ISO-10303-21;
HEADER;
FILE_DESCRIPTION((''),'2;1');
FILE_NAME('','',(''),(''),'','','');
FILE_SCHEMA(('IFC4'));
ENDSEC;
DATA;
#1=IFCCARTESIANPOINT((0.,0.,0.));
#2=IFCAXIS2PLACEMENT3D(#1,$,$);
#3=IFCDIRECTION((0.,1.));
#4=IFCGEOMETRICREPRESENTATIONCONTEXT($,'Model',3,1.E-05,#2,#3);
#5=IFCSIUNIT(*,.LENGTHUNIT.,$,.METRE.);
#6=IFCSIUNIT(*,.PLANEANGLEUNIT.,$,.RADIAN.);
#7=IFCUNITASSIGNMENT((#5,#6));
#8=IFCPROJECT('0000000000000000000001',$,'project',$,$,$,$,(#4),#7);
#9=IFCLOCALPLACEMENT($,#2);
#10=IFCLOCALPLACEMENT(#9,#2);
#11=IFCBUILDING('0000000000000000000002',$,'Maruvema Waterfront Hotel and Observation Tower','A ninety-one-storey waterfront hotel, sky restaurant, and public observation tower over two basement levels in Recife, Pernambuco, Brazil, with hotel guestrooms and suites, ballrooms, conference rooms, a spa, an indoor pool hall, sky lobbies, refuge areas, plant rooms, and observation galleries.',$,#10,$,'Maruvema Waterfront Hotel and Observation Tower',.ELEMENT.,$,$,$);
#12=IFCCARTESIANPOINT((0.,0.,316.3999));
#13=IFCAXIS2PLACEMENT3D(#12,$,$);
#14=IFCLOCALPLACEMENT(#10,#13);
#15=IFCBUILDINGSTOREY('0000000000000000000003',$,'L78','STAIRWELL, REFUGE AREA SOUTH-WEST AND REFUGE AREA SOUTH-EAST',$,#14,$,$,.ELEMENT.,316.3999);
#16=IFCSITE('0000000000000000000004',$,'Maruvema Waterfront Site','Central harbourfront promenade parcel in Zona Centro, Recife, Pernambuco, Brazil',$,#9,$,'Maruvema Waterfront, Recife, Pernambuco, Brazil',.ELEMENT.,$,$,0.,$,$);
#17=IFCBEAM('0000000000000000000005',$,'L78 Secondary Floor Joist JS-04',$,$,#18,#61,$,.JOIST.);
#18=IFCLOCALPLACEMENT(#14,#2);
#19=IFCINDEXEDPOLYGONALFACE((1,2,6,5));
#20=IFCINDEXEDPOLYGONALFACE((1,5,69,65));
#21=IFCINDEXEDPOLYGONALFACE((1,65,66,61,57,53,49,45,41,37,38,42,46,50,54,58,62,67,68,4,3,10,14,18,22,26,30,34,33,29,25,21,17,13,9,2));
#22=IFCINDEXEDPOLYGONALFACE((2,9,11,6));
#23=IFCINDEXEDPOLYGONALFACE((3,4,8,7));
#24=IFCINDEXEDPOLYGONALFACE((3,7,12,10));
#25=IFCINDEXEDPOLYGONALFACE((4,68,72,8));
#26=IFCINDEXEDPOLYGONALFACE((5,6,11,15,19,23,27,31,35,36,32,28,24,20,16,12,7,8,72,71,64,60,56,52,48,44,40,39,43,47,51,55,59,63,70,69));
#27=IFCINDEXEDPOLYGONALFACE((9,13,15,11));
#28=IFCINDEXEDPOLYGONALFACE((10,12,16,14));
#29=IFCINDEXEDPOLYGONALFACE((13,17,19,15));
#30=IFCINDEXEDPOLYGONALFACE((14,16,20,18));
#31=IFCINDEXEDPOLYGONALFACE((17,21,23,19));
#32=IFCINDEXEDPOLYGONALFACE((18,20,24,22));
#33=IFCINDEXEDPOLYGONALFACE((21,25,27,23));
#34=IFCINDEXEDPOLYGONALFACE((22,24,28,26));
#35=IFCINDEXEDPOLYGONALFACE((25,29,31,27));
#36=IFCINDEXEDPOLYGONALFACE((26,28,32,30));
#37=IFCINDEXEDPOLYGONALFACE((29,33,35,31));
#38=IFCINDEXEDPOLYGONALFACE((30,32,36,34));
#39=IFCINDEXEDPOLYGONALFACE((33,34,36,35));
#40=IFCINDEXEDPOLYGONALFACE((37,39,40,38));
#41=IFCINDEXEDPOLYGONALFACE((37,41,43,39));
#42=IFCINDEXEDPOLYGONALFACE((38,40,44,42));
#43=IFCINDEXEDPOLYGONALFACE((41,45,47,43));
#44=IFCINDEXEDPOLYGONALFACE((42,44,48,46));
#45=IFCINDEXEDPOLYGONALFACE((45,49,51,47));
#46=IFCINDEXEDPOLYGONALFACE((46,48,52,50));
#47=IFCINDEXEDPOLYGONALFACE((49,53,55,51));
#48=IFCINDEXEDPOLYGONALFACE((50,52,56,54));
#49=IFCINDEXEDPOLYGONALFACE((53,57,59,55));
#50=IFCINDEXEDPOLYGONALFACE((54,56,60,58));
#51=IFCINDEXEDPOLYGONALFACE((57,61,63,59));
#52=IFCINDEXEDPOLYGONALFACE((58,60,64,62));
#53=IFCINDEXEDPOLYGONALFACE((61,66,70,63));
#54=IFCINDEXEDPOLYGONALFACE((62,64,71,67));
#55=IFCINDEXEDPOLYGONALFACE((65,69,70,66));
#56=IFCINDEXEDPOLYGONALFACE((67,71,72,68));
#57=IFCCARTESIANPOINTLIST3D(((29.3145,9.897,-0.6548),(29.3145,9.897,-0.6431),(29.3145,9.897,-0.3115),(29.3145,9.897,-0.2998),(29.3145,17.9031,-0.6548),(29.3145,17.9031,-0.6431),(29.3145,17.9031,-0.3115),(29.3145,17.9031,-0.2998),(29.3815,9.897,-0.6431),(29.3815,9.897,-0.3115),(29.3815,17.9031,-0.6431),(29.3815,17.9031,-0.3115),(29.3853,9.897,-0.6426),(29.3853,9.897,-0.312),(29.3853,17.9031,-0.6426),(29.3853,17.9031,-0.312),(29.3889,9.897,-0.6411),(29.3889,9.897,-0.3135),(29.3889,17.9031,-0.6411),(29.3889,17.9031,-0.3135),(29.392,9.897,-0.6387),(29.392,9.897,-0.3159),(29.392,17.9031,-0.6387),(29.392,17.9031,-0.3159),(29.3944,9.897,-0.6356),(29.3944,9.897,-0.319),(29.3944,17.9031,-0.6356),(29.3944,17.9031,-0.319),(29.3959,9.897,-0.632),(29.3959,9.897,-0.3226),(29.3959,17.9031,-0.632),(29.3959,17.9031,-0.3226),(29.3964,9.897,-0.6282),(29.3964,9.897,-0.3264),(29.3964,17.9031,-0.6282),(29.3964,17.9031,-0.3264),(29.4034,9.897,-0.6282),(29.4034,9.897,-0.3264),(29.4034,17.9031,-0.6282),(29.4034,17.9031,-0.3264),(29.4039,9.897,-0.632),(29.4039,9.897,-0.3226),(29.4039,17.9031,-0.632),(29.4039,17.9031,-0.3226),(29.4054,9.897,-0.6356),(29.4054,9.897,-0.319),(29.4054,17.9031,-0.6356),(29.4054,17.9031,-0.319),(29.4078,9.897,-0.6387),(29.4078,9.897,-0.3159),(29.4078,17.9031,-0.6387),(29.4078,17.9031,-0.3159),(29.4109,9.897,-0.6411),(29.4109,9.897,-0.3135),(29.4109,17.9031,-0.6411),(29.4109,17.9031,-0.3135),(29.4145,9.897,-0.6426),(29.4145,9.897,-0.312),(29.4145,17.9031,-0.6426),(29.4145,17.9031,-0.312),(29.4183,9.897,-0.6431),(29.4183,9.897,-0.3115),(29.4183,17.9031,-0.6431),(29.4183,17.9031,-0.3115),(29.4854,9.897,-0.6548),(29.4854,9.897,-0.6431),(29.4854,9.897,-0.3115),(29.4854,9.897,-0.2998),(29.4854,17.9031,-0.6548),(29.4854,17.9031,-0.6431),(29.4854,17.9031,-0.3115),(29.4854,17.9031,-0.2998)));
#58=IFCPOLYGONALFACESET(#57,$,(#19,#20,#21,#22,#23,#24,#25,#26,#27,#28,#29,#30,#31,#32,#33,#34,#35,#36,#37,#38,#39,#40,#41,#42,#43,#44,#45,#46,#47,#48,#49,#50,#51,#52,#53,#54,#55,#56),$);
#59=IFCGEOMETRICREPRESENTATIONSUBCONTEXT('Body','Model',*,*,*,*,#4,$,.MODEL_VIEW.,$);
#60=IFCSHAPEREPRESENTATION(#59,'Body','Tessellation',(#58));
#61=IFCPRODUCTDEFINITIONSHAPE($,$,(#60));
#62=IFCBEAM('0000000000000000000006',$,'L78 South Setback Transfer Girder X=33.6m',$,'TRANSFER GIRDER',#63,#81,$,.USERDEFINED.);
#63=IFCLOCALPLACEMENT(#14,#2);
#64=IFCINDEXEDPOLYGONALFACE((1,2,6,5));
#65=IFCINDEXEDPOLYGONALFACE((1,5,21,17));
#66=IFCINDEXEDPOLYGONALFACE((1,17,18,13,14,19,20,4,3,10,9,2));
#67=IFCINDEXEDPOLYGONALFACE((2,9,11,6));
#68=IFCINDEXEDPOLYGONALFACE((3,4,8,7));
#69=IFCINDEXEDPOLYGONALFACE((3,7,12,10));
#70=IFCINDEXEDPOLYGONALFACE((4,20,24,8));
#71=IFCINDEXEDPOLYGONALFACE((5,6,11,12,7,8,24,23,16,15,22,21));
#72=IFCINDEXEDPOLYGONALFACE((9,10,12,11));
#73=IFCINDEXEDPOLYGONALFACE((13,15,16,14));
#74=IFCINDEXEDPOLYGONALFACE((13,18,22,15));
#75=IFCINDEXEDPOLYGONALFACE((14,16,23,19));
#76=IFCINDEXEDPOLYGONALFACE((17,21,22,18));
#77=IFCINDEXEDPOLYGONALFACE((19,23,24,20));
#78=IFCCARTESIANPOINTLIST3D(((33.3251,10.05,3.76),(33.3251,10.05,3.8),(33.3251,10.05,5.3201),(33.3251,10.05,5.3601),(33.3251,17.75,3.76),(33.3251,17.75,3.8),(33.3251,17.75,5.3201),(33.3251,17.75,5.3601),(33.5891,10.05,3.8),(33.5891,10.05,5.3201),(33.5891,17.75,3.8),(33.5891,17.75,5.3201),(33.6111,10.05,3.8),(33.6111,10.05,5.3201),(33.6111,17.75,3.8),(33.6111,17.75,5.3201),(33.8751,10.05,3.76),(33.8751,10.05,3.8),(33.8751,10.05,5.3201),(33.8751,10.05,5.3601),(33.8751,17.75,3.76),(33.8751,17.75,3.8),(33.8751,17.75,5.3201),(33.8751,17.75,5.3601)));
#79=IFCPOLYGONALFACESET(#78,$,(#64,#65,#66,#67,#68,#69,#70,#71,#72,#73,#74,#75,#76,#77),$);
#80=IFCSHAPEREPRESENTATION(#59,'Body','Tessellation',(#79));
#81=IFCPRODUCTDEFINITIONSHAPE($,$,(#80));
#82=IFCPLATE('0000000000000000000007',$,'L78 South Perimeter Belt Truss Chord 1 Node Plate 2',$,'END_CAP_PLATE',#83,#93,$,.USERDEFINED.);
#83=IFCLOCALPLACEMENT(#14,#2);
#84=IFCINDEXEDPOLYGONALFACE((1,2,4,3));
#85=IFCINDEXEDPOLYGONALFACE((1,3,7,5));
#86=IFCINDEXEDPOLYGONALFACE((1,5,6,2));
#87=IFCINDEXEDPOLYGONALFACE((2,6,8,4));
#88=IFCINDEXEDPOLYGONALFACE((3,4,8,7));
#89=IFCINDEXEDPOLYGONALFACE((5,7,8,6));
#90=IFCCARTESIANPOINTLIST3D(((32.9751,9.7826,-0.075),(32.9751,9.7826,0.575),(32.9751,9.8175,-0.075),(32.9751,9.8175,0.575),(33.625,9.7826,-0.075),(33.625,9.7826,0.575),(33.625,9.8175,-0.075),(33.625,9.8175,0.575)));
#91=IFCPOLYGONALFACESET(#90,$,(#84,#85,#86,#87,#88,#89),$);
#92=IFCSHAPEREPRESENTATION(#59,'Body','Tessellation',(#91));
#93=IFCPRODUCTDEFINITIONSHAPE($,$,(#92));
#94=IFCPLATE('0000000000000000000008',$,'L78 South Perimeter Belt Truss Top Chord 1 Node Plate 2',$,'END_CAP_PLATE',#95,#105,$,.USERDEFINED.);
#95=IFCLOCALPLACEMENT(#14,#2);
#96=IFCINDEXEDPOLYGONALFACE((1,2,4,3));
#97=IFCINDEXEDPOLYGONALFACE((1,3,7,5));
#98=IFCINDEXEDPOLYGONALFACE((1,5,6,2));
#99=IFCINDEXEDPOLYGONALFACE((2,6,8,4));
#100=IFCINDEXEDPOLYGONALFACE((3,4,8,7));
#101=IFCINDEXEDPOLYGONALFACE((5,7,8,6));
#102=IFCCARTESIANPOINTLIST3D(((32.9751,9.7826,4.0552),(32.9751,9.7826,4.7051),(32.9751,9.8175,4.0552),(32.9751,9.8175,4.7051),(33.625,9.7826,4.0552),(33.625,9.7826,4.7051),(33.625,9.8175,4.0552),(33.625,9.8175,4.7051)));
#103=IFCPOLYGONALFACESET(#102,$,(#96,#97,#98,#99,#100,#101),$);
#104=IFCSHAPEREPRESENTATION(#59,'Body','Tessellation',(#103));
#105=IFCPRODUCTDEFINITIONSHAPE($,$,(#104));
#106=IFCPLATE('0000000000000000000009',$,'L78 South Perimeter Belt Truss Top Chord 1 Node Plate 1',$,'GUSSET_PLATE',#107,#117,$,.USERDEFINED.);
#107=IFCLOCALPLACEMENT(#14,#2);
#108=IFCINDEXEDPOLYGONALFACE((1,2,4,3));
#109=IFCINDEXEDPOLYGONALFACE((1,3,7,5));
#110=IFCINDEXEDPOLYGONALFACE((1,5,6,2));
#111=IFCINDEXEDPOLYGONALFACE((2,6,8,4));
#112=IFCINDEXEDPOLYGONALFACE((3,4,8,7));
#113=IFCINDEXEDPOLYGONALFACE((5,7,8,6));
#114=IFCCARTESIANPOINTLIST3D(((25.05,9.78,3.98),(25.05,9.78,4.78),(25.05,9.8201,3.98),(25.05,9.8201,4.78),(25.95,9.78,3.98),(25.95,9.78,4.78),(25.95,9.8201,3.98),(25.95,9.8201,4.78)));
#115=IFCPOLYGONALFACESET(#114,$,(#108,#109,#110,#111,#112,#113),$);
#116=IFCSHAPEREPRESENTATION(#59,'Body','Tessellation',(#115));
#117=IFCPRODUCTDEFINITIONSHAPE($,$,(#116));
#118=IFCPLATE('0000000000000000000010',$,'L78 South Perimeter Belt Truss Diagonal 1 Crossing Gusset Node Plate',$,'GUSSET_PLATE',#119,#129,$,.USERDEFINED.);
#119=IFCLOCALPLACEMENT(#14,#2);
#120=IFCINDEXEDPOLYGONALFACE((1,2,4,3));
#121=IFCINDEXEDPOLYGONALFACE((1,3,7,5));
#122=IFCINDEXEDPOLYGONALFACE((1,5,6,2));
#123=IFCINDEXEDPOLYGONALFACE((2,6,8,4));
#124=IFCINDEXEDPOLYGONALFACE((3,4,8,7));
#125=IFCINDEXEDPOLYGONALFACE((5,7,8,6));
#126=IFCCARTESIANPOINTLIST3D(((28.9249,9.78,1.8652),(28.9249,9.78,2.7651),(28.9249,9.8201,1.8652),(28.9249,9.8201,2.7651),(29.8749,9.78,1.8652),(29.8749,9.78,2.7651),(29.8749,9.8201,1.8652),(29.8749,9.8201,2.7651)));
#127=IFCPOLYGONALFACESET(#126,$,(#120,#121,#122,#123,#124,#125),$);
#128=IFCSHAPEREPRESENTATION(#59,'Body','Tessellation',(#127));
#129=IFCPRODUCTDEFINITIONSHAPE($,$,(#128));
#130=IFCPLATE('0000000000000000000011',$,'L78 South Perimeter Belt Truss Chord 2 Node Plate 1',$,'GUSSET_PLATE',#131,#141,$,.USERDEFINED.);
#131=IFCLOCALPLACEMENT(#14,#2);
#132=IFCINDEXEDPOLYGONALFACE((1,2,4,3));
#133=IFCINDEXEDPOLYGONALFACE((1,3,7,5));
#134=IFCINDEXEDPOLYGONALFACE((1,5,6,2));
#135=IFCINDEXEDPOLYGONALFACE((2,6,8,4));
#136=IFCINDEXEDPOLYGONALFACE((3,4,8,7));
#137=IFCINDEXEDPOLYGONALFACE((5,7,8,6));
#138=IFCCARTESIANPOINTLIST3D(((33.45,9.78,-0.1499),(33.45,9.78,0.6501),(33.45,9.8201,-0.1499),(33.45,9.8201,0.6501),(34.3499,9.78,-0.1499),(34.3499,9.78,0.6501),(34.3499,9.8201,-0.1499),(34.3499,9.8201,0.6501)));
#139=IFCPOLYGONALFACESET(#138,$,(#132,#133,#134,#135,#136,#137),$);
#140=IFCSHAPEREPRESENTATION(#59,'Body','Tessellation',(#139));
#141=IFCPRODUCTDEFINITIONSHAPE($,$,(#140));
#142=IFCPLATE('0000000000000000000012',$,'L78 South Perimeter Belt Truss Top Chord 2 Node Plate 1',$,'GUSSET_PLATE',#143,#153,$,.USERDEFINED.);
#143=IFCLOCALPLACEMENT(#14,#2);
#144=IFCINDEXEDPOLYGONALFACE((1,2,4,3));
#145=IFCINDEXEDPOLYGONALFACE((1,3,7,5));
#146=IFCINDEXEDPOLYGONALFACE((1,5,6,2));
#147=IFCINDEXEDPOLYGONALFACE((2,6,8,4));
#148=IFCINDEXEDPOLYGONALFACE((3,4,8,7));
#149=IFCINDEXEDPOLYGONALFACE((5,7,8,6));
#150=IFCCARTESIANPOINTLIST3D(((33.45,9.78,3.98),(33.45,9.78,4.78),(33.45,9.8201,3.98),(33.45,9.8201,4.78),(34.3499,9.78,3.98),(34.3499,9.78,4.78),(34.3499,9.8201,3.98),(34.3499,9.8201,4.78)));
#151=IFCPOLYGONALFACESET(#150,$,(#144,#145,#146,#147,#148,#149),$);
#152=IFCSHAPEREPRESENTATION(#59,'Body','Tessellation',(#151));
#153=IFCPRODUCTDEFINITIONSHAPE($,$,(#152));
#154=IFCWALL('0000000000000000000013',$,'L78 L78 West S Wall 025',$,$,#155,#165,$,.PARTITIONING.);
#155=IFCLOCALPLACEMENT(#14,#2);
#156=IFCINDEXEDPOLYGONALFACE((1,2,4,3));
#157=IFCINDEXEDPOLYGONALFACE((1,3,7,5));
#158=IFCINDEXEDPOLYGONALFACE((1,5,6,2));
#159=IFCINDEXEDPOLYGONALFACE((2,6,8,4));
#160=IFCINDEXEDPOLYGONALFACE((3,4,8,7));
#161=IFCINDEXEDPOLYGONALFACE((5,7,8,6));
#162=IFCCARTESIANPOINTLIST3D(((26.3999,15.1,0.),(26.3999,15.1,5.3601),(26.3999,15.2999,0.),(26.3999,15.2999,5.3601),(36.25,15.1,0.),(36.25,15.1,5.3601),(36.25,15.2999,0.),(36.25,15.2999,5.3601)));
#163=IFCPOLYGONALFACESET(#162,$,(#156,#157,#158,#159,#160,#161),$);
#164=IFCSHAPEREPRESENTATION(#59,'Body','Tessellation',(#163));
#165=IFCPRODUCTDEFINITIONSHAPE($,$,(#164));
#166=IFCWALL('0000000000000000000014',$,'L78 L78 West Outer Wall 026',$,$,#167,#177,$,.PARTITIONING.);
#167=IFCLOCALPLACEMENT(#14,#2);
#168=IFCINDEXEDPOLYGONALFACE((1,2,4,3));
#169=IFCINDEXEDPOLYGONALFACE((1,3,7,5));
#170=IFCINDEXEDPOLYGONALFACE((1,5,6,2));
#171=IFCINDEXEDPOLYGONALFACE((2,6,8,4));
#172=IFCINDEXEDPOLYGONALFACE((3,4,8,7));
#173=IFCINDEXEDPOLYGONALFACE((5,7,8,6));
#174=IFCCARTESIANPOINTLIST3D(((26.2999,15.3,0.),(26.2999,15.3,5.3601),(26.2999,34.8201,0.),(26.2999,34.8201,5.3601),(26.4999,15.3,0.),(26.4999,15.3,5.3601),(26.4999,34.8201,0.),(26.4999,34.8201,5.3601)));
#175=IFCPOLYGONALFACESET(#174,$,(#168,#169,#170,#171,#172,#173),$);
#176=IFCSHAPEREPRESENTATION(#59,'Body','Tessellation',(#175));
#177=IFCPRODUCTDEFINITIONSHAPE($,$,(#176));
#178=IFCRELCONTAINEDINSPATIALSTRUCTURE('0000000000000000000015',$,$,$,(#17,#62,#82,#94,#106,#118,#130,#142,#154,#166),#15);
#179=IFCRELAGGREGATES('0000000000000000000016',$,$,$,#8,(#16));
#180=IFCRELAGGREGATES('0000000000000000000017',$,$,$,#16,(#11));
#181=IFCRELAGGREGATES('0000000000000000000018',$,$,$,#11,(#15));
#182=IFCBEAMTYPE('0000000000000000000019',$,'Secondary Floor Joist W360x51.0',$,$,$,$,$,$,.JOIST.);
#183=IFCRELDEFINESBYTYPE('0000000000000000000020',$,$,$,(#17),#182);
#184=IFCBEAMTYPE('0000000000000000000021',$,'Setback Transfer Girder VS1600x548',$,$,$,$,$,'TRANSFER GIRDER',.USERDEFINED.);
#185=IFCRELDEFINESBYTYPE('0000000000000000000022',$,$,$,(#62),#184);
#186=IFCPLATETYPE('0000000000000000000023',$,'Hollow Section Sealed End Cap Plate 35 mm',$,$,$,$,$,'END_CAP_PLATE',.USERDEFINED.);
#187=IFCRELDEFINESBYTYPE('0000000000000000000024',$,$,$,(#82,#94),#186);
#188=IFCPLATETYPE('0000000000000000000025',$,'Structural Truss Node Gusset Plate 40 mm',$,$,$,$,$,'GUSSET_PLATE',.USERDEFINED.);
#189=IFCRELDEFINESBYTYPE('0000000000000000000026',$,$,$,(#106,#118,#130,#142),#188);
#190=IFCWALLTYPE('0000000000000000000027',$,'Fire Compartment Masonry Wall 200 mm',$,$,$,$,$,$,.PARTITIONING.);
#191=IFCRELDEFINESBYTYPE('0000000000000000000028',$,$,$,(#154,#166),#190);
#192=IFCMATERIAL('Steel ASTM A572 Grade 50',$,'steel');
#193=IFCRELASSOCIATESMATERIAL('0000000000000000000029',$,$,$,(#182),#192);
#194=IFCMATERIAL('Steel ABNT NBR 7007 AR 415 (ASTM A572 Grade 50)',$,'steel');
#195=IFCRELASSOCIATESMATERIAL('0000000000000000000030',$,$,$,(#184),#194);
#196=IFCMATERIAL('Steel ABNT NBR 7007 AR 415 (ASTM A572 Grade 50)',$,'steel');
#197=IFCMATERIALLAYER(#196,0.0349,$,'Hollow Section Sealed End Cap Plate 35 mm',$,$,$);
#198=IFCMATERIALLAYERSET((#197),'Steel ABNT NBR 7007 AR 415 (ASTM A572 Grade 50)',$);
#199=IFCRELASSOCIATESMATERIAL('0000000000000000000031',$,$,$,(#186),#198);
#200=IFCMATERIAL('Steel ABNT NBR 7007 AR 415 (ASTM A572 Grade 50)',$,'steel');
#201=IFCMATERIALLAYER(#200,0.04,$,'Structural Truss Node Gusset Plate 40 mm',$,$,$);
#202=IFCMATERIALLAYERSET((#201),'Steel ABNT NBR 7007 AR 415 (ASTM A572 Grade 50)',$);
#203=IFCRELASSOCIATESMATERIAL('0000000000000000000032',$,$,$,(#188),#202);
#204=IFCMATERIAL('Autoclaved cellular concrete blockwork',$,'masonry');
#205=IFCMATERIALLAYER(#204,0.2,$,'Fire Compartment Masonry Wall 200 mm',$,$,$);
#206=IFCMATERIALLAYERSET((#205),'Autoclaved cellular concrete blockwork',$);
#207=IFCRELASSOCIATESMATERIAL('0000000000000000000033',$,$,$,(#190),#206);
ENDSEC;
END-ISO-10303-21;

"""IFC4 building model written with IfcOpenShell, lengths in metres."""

from ifc_helpers import new_model, si_unit, direction, frame, frame_2d, origin, origin_2d, place, context, subcontext, project, spatial, rectangle, i_section, extrude, material, layer, layer_set, material_profile, profile_set, type_object, element, save


model = new_model("IFC4")

# Units and contexts
model_context = context("Model", 3, precision=1e-05, world=origin(), true_north=direction((0.0, 1.0)))
body_context = subcontext(model_context, "Body", "Model", "MODEL_VIEW")
ifc_project = project(units=[si_unit("LENGTHUNIT", "METRE"), si_unit("PLANEANGLEUNIT", "RADIAN")], contexts=[model_context])

# Site, building, storey
site_placement = place(None, origin())
site = spatial("IfcSite", under=ifc_project, at=site_placement, Name="Maruvema Waterfront Site", Description="Central harbourfront promenade parcel in Zona Centro, Recife, Pernambuco, Brazil", LongName="Maruvema Waterfront, Recife, Pernambuco, Brazil", CompositionType="ELEMENT", RefElevation=0.0)
building_placement = place(site_placement, origin())
building = spatial("IfcBuilding", under=site, at=building_placement, Name="Maruvema Waterfront Hotel and Observation Tower", Description="A ninety-one-storey waterfront hotel, sky restaurant, and public observation tower over two basement levels in Recife, Pernambuco, Brazil, with hotel guestrooms and suites, ballrooms, conference rooms, a spa, an indoor pool hall, sky lobbies, refuge areas, plant rooms, and observation galleries.", LongName="Maruvema Waterfront Hotel and Observation Tower", CompositionType="ELEMENT")
storey_placement = place(building_placement, frame((0.0, 0.0, 316.3999)))
storey = spatial("IfcBuildingStorey", under=building, at=storey_placement, Name="L78", Description="STAIRWELL, REFUGE AREA SOUTH-WEST AND REFUGE AREA SOUTH-EAST", CompositionType="ELEMENT", Elevation=316.3999)

# Beams
ifc_material_1 = material(Name="Steel ASTM A572 Grade 50", Category="steel")
ifc_material_profile_1 = material_profile(ifc_material_1, i_section(OverallWidth=0.1709, OverallDepth=0.355, WebThickness=0.0071, FlangeThickness=0.0117, FilletRadius=0.0149, at=origin_2d()), Name="W360x51.0")
ifc_profile_set_1 = profile_set([ifc_material_profile_1], Name="Steel ASTM A572 Grade 50")
beam_type_1 = type_object("IfcBeamType", Name="Secondary Floor Joist W360x51.0", PredefinedType="JOIST", material=ifc_profile_set_1)
beam_1_placement = place(storey_placement, frame((29.3999, 9.897, -0.4773), z_axis=(0.0, 1.0, 0.0), x_axis=(-1.0, 0.0, 0.0)))
element("IfcBeam", 1, at=beam_1_placement, inside=storey, type_object=beam_type_1, Name="L78 Secondary Floor Joist JS-04", PredefinedType="JOIST", context=body_context, shape_type="SweptSolid", body=[
    extrude(i_section(OverallWidth=0.1709, OverallDepth=0.355, WebThickness=0.0071, FlangeThickness=0.0117, FilletRadius=0.0149, at=origin_2d()), origin(), (0.0, 0.0, 1.0), 8.0061),
])
ifc_material_2 = material(Name="Steel ABNT NBR 7007 AR 415 (ASTM A572 Grade 50)", Category="steel")
ifc_material_profile_2 = material_profile(ifc_material_2, i_section(OverallWidth=0.55, OverallDepth=1.6001, WebThickness=0.022, FlangeThickness=0.04, at=origin_2d()), Name="VS1600x548")
ifc_profile_set_2 = profile_set([ifc_material_profile_2], Name="Steel ABNT NBR 7007 AR 415 (ASTM A572 Grade 50)")
beam_type_2 = type_object("IfcBeamType", Name="Setback Transfer Girder VS1600x548", ElementType="TRANSFER GIRDER", PredefinedType="USERDEFINED", material=ifc_profile_set_2)
beam_2_placement = place(storey_placement, frame((33.6001, 10.05, 4.5601), z_axis=(0.0, 1.0, 0.0), x_axis=(-1.0, 0.0, 0.0)))
element("IfcBeam", 2, at=beam_2_placement, inside=storey, type_object=beam_type_2, Name="L78 South Setback Transfer Girder X=33.6m", ObjectType="TRANSFER GIRDER", PredefinedType="USERDEFINED", context=body_context, shape_type="SweptSolid", body=[
    extrude(i_section(OverallWidth=0.55, OverallDepth=1.6001, WebThickness=0.022, FlangeThickness=0.04, at=origin_2d()), origin(), (0.0, 0.0, 1.0), 7.7),
])

# Plates
ifc_material_3 = material(Name="Steel ABNT NBR 7007 AR 415 (ASTM A572 Grade 50)", Category="steel")
ifc_layer_1 = layer(ifc_material_3, 0.0349, Name="Hollow Section Sealed End Cap Plate 35 mm")
ifc_layer_set_1 = layer_set([ifc_layer_1], Name="Steel ABNT NBR 7007 AR 415 (ASTM A572 Grade 50)")
plate_type_1 = type_object("IfcPlateType", Name="Hollow Section Sealed End Cap Plate 35 mm", ElementType="END_CAP_PLATE", PredefinedType="USERDEFINED", material=ifc_layer_set_1)
for number, where, z_axis, x_axis, name in (
    (3, (33.3, 9.8, -0.075), (0.0, 0.0, 1.0), (1.0, 0.0, 0.0), "L78 South Perimeter Belt Truss Chord 1 Node Plate 2"),
    (4, (33.3, 9.8, 4.0552), (0.0, 0.0, 1.0), (1.0, 0.0, 0.0), "L78 South Perimeter Belt Truss Top Chord 1 Node Plate 2"),
):
    element("IfcPlate", number, at=place(storey_placement, frame(where, z_axis=z_axis, x_axis=x_axis)), inside=storey, type_object=plate_type_1, Name=name, ObjectType="END_CAP_PLATE", PredefinedType="USERDEFINED", context=body_context, shape_type="SweptSolid", body=[
        extrude(rectangle(XDim=0.6499, YDim=0.0349, at=origin_2d()), origin(), (0.0, 0.0, 1.0), 0.6499),
    ])
ifc_material_4 = material(Name="Steel ABNT NBR 7007 AR 415 (ASTM A572 Grade 50)", Category="steel")
ifc_layer_2 = layer(ifc_material_4, 0.04, Name="Structural Truss Node Gusset Plate 40 mm")
ifc_layer_set_2 = layer_set([ifc_layer_2], Name="Steel ABNT NBR 7007 AR 415 (ASTM A572 Grade 50)")
plate_type_2 = type_object("IfcPlateType", Name="Structural Truss Node Gusset Plate 40 mm", ElementType="GUSSET_PLATE", PredefinedType="USERDEFINED", material=ifc_layer_set_2)
plate_1_placement = place(storey_placement, frame((25.5, 9.8, 3.98), z_axis=(0.0, 0.0, 1.0), x_axis=(1.0, 0.0, 0.0)))
element("IfcPlate", 5, at=plate_1_placement, inside=storey, type_object=plate_type_2, Name="L78 South Perimeter Belt Truss Top Chord 1 Node Plate 1", ObjectType="GUSSET_PLATE", PredefinedType="USERDEFINED", context=body_context, shape_type="SweptSolid", body=[
    extrude(rectangle(XDim=0.8999, YDim=0.04, at=origin_2d()), origin(), (0.0, 0.0, 1.0), 0.8),
])
plate_2_placement = place(storey_placement, frame((29.3999, 9.8, 1.8652), z_axis=(0.0, 0.0, 1.0), x_axis=(-1.0, 0.0, 0.0)))
element("IfcPlate", 6, at=plate_2_placement, inside=storey, type_object=plate_type_2, Name="L78 South Perimeter Belt Truss Diagonal 1 Crossing Gusset Node Plate", ObjectType="GUSSET_PLATE", PredefinedType="USERDEFINED", context=body_context, shape_type="SweptSolid", body=[
    extrude(rectangle(XDim=0.95, YDim=0.04, at=origin_2d()), origin(), (0.0, 0.0, 1.0), 0.8999),
])
for number, where, z_axis, x_axis, name in (
    (7, (33.8999, 9.8, -0.1499), (0.0, 0.0, 1.0), (1.0, 0.0, 0.0), "L78 South Perimeter Belt Truss Chord 2 Node Plate 1"),
    (8, (33.8999, 9.8, 3.98), (0.0, 0.0, 1.0), (1.0, 0.0, 0.0), "L78 South Perimeter Belt Truss Top Chord 2 Node Plate 1"),
):
    element("IfcPlate", number, at=place(storey_placement, frame(where, z_axis=z_axis, x_axis=x_axis)), inside=storey, type_object=plate_type_2, Name=name, ObjectType="GUSSET_PLATE", PredefinedType="USERDEFINED", context=body_context, shape_type="SweptSolid", body=[
        extrude(rectangle(XDim=0.8999, YDim=0.04, at=origin_2d()), origin(), (0.0, 0.0, 1.0), 0.8),
    ])

# Walls
ifc_material_5 = material(Name="Autoclaved cellular concrete blockwork", Category="masonry")
ifc_layer_3 = layer(ifc_material_5, 0.2, Name="Fire Compartment Masonry Wall 200 mm")
ifc_layer_set_3 = layer_set([ifc_layer_3], Name="Autoclaved cellular concrete blockwork")
wall_type = type_object("IfcWallType", Name="Fire Compartment Masonry Wall 200 mm", PredefinedType="PARTITIONING", material=ifc_layer_set_3)
wall_1_placement = place(storey_placement, frame((26.3999, 15.2, 0.0), z_axis=(0.0, 0.0, 1.0), x_axis=(1.0, 0.0, 0.0)))
element("IfcWall", 9, at=wall_1_placement, inside=storey, type_object=wall_type, Name="L78 L78 West S Wall 025", PredefinedType="PARTITIONING", context=body_context, shape_type="SweptSolid", body=[
    extrude(rectangle(XDim=9.8501, YDim=0.2, at=frame_2d((4.925, 0.0))), origin(), (0.0, 0.0, 1.0), 5.3601),
])
wall_2_placement = place(storey_placement, frame((26.3999, 15.3, 0.0), z_axis=(0.0, 0.0, 1.0), x_axis=(0.0, 1.0, 0.0)))
element("IfcWall", 10, at=wall_2_placement, inside=storey, type_object=wall_type, Name="L78 L78 West Outer Wall 026", PredefinedType="PARTITIONING", context=body_context, shape_type="SweptSolid", body=[
    extrude(rectangle(XDim=19.52, YDim=0.2, at=frame_2d((9.76, 0.0))), origin(), (0.0, 0.0, 1.0), 5.3601),
])

save(model, "model.ifc")
